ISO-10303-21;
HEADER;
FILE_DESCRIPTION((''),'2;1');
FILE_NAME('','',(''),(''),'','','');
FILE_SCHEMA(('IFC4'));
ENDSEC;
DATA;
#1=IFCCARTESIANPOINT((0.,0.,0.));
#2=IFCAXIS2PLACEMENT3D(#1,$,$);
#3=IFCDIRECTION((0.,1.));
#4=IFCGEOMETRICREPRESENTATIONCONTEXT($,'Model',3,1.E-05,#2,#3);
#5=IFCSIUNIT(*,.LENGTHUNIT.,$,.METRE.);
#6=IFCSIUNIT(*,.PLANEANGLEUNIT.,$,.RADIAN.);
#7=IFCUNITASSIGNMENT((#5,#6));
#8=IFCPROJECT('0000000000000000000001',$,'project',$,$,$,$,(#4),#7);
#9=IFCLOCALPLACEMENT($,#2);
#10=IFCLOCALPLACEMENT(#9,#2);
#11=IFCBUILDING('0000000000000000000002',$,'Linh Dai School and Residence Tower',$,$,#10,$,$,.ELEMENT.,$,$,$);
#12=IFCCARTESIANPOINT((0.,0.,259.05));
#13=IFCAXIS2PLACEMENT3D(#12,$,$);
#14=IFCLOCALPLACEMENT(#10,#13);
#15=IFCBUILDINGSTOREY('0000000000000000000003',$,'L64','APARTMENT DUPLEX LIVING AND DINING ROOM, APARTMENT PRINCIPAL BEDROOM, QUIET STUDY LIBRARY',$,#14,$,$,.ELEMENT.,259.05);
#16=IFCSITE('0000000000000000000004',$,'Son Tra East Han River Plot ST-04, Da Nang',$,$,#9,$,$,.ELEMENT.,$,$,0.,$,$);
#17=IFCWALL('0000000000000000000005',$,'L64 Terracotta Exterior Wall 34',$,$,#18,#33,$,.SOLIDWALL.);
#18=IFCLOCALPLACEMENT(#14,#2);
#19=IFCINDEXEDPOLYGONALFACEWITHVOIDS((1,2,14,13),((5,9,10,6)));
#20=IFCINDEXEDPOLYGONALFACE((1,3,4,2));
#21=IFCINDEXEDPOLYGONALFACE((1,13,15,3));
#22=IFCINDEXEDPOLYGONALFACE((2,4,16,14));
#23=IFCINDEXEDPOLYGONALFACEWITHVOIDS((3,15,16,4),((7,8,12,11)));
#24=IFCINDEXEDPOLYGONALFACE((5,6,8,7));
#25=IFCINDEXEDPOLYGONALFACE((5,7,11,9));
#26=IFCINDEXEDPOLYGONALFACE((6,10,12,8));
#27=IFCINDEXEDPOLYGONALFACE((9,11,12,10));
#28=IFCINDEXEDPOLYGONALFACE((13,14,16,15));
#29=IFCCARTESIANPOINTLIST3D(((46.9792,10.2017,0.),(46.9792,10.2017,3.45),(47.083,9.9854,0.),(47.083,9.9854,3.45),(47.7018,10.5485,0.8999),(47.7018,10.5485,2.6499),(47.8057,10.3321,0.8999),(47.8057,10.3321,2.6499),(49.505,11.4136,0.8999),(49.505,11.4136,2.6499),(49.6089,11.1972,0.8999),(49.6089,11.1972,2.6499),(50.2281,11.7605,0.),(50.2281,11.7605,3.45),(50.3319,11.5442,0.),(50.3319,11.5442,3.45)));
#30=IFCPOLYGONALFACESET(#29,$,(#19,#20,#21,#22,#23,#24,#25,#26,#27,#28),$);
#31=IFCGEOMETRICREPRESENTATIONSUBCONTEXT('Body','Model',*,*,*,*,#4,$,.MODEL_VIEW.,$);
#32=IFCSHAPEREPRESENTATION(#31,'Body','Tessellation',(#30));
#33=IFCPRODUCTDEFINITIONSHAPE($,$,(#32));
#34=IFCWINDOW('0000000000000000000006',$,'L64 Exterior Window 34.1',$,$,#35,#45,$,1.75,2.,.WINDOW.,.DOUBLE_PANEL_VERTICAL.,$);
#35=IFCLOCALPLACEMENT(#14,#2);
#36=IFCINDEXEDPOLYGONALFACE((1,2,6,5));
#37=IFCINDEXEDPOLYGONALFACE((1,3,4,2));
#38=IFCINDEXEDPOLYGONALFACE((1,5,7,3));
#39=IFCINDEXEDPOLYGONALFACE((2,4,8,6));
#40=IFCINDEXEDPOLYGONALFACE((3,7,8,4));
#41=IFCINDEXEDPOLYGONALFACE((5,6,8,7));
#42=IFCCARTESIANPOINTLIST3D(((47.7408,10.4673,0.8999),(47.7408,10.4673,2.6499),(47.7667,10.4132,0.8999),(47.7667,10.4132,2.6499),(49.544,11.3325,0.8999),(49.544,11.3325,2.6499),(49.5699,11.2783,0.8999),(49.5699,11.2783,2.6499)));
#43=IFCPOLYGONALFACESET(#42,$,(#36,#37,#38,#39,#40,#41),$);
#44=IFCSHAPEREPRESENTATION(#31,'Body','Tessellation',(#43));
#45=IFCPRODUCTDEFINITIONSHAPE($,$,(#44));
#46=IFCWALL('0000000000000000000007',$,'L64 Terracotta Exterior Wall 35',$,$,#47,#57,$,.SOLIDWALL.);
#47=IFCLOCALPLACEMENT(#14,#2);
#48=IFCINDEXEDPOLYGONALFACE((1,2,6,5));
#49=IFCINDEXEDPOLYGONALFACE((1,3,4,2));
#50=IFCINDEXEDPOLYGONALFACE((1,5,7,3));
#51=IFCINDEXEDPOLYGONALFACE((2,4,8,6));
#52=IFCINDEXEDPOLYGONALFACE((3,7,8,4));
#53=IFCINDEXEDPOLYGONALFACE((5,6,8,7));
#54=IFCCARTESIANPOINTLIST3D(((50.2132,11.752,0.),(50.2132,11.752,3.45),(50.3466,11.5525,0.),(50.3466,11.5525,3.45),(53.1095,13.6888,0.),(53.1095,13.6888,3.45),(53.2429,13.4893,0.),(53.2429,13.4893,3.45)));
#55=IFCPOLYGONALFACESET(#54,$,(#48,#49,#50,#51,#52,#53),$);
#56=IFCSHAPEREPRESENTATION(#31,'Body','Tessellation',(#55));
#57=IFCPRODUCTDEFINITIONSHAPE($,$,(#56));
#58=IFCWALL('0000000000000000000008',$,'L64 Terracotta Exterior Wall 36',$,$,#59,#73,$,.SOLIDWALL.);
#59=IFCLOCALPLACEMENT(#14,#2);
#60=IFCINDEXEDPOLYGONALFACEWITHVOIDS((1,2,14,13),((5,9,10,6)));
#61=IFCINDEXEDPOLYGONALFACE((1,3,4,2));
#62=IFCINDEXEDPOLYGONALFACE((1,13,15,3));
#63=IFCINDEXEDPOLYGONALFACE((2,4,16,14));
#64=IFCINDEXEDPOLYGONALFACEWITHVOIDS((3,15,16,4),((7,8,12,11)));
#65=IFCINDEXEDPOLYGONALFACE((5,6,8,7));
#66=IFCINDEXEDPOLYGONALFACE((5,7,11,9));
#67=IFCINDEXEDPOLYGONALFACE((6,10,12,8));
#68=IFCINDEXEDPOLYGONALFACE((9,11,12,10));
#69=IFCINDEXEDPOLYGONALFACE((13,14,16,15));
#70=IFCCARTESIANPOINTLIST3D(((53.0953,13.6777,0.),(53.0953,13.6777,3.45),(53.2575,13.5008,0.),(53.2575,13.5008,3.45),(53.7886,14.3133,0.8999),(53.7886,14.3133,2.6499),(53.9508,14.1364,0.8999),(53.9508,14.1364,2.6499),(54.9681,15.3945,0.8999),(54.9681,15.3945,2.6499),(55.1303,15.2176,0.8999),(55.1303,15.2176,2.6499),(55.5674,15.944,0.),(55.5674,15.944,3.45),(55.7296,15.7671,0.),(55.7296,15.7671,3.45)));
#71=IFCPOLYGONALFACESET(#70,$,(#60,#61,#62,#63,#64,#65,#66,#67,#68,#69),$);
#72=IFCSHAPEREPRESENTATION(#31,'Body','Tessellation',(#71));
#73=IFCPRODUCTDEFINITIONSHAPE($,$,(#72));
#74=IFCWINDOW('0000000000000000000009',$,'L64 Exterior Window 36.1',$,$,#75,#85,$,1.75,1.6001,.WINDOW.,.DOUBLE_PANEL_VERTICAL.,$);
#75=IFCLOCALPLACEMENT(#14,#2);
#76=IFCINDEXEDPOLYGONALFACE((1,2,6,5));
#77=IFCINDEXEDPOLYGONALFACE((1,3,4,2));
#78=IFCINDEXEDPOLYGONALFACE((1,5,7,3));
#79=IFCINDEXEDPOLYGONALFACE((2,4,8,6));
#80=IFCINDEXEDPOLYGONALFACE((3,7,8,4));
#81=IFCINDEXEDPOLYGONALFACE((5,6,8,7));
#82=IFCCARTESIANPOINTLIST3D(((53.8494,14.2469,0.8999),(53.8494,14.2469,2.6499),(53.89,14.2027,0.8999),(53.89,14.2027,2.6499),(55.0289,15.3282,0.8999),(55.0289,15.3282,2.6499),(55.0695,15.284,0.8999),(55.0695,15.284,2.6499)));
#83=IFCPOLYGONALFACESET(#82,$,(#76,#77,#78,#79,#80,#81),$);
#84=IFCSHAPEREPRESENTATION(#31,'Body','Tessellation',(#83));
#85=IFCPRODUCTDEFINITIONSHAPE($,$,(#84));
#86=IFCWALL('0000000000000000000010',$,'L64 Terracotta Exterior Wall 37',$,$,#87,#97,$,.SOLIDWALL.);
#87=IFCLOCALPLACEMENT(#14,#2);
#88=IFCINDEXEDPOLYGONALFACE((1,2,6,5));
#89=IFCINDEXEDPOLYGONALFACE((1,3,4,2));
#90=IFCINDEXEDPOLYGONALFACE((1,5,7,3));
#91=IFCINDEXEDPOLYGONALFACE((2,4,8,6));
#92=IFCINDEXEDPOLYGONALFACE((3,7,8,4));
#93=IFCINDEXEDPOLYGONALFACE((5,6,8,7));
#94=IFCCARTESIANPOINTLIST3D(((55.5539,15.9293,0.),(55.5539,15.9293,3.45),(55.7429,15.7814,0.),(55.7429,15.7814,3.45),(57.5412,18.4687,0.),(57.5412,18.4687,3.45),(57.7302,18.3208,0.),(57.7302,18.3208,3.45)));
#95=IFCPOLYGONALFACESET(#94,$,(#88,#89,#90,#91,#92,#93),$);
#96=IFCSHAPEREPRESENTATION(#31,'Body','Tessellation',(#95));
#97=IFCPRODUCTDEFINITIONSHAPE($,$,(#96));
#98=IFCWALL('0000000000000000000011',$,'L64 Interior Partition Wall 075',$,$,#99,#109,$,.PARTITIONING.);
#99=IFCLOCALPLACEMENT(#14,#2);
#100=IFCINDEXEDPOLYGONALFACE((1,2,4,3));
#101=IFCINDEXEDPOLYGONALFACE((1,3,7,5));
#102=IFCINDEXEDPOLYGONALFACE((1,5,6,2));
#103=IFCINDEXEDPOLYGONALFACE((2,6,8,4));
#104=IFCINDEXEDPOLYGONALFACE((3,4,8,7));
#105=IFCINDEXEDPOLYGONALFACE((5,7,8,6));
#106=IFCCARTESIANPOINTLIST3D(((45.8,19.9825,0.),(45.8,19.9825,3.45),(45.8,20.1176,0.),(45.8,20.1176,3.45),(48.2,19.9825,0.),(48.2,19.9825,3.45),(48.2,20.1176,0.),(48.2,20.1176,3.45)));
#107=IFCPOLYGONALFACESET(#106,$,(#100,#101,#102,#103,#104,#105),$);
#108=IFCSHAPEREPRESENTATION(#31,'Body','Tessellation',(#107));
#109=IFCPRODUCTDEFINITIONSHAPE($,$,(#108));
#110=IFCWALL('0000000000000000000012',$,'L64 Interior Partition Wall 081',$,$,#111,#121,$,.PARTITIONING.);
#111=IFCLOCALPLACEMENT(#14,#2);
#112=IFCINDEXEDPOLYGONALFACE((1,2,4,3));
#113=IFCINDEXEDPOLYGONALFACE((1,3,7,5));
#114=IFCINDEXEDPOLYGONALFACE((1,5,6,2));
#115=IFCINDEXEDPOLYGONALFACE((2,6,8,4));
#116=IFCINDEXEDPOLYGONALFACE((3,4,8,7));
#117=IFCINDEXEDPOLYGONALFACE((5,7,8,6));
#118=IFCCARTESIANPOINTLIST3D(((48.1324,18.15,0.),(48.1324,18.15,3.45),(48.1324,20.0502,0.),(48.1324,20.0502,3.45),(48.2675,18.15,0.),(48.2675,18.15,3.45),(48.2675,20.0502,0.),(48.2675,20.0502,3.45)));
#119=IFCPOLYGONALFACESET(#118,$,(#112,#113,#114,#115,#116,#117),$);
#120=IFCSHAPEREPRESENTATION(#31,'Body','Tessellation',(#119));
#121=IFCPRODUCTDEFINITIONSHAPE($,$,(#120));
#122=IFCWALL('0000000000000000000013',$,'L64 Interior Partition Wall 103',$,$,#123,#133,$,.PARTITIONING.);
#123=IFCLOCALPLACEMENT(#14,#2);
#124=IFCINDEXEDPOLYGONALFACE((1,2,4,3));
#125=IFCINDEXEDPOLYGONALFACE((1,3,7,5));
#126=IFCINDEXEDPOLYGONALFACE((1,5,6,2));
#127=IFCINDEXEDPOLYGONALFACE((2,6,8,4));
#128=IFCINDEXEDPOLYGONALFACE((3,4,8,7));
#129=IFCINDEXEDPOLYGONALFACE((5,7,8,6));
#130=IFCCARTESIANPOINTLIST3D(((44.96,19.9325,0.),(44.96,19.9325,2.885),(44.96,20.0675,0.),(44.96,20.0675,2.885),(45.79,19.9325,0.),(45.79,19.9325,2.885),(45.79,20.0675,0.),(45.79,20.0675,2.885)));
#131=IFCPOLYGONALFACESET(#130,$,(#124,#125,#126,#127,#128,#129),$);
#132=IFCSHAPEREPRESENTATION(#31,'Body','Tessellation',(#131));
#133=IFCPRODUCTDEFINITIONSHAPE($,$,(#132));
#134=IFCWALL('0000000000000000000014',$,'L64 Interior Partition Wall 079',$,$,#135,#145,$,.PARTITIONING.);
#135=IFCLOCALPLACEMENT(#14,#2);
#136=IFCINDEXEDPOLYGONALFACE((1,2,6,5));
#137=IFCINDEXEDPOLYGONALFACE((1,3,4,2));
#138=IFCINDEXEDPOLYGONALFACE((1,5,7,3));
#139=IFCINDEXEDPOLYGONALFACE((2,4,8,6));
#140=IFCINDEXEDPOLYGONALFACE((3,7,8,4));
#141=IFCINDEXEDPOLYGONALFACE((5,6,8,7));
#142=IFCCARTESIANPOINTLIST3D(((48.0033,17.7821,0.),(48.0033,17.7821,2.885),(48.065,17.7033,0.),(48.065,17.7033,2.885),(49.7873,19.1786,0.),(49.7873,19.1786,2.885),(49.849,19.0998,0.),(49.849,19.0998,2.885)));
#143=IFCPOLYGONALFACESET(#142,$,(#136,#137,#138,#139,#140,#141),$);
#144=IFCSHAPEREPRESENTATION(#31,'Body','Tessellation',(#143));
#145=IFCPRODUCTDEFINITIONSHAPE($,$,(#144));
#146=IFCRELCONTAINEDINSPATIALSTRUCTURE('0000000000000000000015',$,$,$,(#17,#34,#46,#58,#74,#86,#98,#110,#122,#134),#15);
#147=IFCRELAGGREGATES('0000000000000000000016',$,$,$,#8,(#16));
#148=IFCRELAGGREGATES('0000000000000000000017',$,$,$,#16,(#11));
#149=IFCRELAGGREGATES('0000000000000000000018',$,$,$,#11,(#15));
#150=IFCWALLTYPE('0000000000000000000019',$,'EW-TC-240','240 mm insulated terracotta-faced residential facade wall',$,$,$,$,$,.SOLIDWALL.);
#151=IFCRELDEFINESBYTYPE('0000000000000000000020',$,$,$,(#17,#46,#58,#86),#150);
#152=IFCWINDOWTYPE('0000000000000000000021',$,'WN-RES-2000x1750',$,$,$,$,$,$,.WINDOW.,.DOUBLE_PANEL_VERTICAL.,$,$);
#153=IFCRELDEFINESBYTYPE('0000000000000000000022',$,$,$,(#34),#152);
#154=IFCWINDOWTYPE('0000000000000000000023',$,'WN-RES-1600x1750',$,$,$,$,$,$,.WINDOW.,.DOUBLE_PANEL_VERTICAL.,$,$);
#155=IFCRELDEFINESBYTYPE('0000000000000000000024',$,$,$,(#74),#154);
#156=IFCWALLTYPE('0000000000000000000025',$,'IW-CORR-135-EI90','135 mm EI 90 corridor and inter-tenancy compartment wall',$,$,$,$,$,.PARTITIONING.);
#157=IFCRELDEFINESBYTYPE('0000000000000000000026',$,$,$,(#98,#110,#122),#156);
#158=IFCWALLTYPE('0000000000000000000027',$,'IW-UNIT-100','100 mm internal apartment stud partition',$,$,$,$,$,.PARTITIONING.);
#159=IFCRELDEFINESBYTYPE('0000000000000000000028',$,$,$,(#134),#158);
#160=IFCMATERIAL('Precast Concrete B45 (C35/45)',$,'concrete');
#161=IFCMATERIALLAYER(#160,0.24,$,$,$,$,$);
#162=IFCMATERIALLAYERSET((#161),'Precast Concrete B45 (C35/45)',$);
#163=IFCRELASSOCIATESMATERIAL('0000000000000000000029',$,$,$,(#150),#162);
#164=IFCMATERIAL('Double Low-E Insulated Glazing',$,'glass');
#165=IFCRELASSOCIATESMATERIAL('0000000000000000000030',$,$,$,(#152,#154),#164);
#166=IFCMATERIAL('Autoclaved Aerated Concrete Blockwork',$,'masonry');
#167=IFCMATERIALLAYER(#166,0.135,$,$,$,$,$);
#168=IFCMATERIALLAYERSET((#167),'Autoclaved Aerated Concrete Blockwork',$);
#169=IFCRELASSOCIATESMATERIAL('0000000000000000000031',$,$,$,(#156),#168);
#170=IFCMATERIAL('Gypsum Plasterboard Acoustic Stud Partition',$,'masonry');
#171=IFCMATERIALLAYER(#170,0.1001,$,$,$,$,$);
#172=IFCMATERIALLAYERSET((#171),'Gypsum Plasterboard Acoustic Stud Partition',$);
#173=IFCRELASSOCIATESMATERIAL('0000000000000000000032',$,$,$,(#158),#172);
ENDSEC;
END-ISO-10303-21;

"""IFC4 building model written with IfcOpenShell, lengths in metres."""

from ifc_helpers import new_model, si_unit, direction, frame, frame_2d, origin, origin_2d, place, context, subcontext, project, spatial, rectangle, extrude, source, transform, mapped, material, layer, layer_set, type_object, element, fill, save


model = new_model("IFC4")

# Units and contexts
model_context = context("Model", 3, precision=1e-05, world=origin(), true_north=direction((0.0, 1.0)))
body_context = subcontext(model_context, "Body", "Model", "MODEL_VIEW")
ifc_project = project(units=[si_unit("LENGTHUNIT", "METRE"), si_unit("PLANEANGLEUNIT", "RADIAN")], contexts=[model_context])

# Site, building, storey
site_placement = place(None, origin())
site = spatial("IfcSite", under=ifc_project, at=site_placement, Name="Son Tra East Han River Plot ST-04, Da Nang", CompositionType="ELEMENT", RefElevation=0.0)
building_placement = place(site_placement, origin())
building = spatial("IfcBuilding", under=site, at=building_placement, Name="Linh Dai School and Residence Tower", CompositionType="ELEMENT")
storey_placement = place(building_placement, frame((0.0, 0.0, 259.05)))
storey = spatial("IfcBuildingStorey", under=building, at=storey_placement, Name="L64", Description="APARTMENT DUPLEX LIVING AND DINING ROOM, APARTMENT PRINCIPAL BEDROOM, QUIET STUDY LIBRARY", CompositionType="ELEMENT", Elevation=259.05)

# Shared definitions
ifc_material_1 = material(Name="Precast Concrete B45 (C35/45)", Category="concrete")

# Shared definitions
ifc_layer_1 = layer(ifc_material_1, 0.24)
ifc_layer_set_1 = layer_set([ifc_layer_1], Name="Precast Concrete B45 (C35/45)")
wall_type_1 = type_object("IfcWallType", Name="EW-TC-240", Description="240 mm insulated terracotta-faced residential facade wall", PredefinedType="SOLIDWALL", material=ifc_layer_set_1)

# Wall, opening, window
wall_1_placement = place(storey_placement, frame((50.28, 11.6523, 0.0), z_axis=(0.0, 0.0, 1.0), x_axis=(-0.901598, -0.432575, 0.0)))
wall_1 = element("IfcWall", 1, at=wall_1_placement, inside=storey, type_object=wall_type_1, Name="L64 Terracotta Exterior Wall 34", PredefinedType="SOLIDWALL", context=body_context, shape_type="SweptSolid", body=[
    extrude(rectangle(XDim=3.6035, YDim=0.24, at=frame_2d((1.8018, 0.0))), origin(), (0.0, 0.0, 1.0), 3.45),
])
opening_1_placement = place(wall_1_placement, frame((0.802, 0.0, 0.8999)))
opening_1 = element("IfcOpeningElement", 2, at=opening_1_placement, cuts=wall_1, PredefinedType="OPENING", context=body_context, shape_type="SweptSolid", body=[
    extrude(rectangle(XDim=2.0, YDim=1.75, at=origin_2d()), frame((1.0, 0.1299, 0.875), z_axis=(0.0, -1.0, 0.0), x_axis=(1.0, 0.0, 0.0)), (0.0, 0.0, 1.0), 0.26),
])
ifc_material_2 = material(Name="Double Low-E Insulated Glazing", Category="glass")
window_type_1 = type_object("IfcWindowType", Name="WN-RES-2000x1750", PartitioningType="DOUBLE_PANEL_VERTICAL", PredefinedType="WINDOW", material=ifc_material_2)
shared_shape_1 = source(origin(), body_context, "Body", "SweptSolid", [
    extrude(rectangle(XDim=2.0, YDim=1.75, at=origin_2d()), frame((1.0, 0.03, 0.875), z_axis=(0.0, -1.0, 0.0), x_axis=(1.0, 0.0, 0.0)), (0.0, 0.0, 1.0), 0.0601),
])
window_1_placement = place(opening_1_placement, origin())
window_1 = element("IfcWindow", 3, at=window_1_placement, inside=storey, type_object=window_type_1, Name="L64 Exterior Window 34.1", OverallHeight=1.75, OverallWidth=2.0, PartitioningType="DOUBLE_PANEL_VERTICAL", PredefinedType="WINDOW", context=body_context, shape_type="MappedRepresentation", body=[
    mapped(shared_shape_1, transform((0.0, 0.0, 0.0), x_axis=(1.0, 0.0, 0.0), y_axis=(0.0, 1.0, 0.0), z_axis=(0.0, 0.0, 1.0), scale=1.0)),
])
fill(opening_1, window_1)

# Wall
wall_2_placement = place(storey_placement, frame((53.1763, 13.5891, 0.0), z_axis=(0.0, 0.0, 1.0), x_axis=(-0.831262, -0.55588, 0.0)))
element("IfcWall", 4, at=wall_2_placement, inside=storey, type_object=wall_type_1, Name="L64 Terracotta Exterior Wall 35", PredefinedType="SOLIDWALL", context=body_context, shape_type="SweptSolid", body=[
    extrude(rectangle(XDim=3.4841, YDim=0.24, at=frame_2d((1.7422, 0.0))), origin(), (0.0, 0.0, 1.0), 3.45),
])

# Wall, opening, window
wall_3_placement = place(storey_placement, frame((55.6484, 15.8555, 0.0), z_axis=(0.0, 0.0, 1.0), x_axis=(-0.737124, -0.675758, 0.0)))
wall_3 = element("IfcWall", 5, at=wall_3_placement, inside=storey, type_object=wall_type_1, Name="L64 Terracotta Exterior Wall 36", PredefinedType="SOLIDWALL", context=body_context, shape_type="SweptSolid", body=[
    extrude(rectangle(XDim=3.3538, YDim=0.24, at=frame_2d((1.6768, 0.0))), origin(), (0.0, 0.0, 1.0), 3.45),
])
opening_2_placement = place(wall_3_placement, frame((0.813, 0.0, 0.8999)))
opening_2 = element("IfcOpeningElement", 6, at=opening_2_placement, cuts=wall_3, PredefinedType="OPENING", context=body_context, shape_type="SweptSolid", body=[
    extrude(rectangle(XDim=1.6001, YDim=1.75, at=origin_2d()), frame((0.8, 0.1299, 0.875), z_axis=(0.0, -1.0, 0.0), x_axis=(1.0, 0.0, 0.0)), (0.0, 0.0, 1.0), 0.26),
])
window_type_2 = type_object("IfcWindowType", Name="WN-RES-1600x1750", PartitioningType="DOUBLE_PANEL_VERTICAL", PredefinedType="WINDOW", material=ifc_material_2)
shared_shape_2 = source(origin(), body_context, "Body", "SweptSolid", [
    extrude(rectangle(XDim=1.6001, YDim=1.75, at=origin_2d()), frame((0.8, 0.03, 0.875), z_axis=(0.0, -1.0, 0.0), x_axis=(1.0, 0.0, 0.0)), (0.0, 0.0, 1.0), 0.0601),
])
window_2_placement = place(opening_2_placement, origin())
window_2 = element("IfcWindow", 7, at=window_2_placement, inside=storey, type_object=window_type_2, Name="L64 Exterior Window 36.1", OverallHeight=1.75, OverallWidth=1.6001, PartitioningType="DOUBLE_PANEL_VERTICAL", PredefinedType="WINDOW", context=body_context, shape_type="MappedRepresentation", body=[
    mapped(shared_shape_2, transform((0.0, 0.0, 0.0), x_axis=(1.0, 0.0, 0.0), y_axis=(0.0, 1.0, 0.0), z_axis=(0.0, 0.0, 1.0), scale=1.0)),
])
fill(opening_2, window_2)

# Walls
wall_4_placement = place(storey_placement, frame((57.6357, 18.3948, 0.0), z_axis=(0.0, 0.0, 1.0), x_axis=(-0.616312, -0.787502, 0.0)))
element("IfcWall", 8, at=wall_4_placement, inside=storey, type_object=wall_type_1, Name="L64 Terracotta Exterior Wall 37", PredefinedType="SOLIDWALL", context=body_context, shape_type="SweptSolid", body=[
    extrude(rectangle(XDim=3.2246, YDim=0.24, at=frame_2d((1.6123, 0.0))), origin(), (0.0, 0.0, 1.0), 3.45),
])
ifc_material_3 = material(Name="Autoclaved Aerated Concrete Blockwork", Category="masonry")
ifc_layer_2 = layer(ifc_material_3, 0.135)
ifc_layer_set_2 = layer_set([ifc_layer_2], Name="Autoclaved Aerated Concrete Blockwork")
wall_type_2 = type_object("IfcWallType", Name="IW-CORR-135-EI90", Description="135 mm EI 90 corridor and inter-tenancy compartment wall", PredefinedType="PARTITIONING", material=ifc_layer_set_2)
wall_5_placement = place(storey_placement, frame((45.8, 20.05, 0.0), z_axis=(0.0, 0.0, 1.0), x_axis=(1.0, 0.0, 0.0)))
element("IfcWall", 9, at=wall_5_placement, inside=storey, type_object=wall_type_2, Name="L64 Interior Partition Wall 075", PredefinedType="PARTITIONING", context=body_context, shape_type="SweptSolid", body=[
    extrude(rectangle(XDim=2.3999, YDim=0.135, at=frame_2d((1.2, 0.0))), origin(), (0.0, 0.0, 1.0), 3.45),
])
wall_6_placement = place(storey_placement, frame((48.2, 18.1499, 0.0), z_axis=(0.0, 0.0, 1.0), x_axis=(0.0, 1.0, 0.0)))
element("IfcWall", 10, at=wall_6_placement, inside=storey, type_object=wall_type_2, Name="L64 Interior Partition Wall 081", PredefinedType="PARTITIONING", context=body_context, shape_type="SweptSolid", body=[
    extrude(rectangle(XDim=1.9001, YDim=0.135, at=frame_2d((0.9502, 0.0))), origin(), (0.0, 0.0, 1.0), 3.45),
])
wall_7_placement = place(storey_placement, frame((44.96, 20.0, 0.0), z_axis=(0.0, 0.0, 1.0), x_axis=(1.0, 0.0, 0.0)))
element("IfcWall", 11, at=wall_7_placement, inside=storey, type_object=wall_type_2, Name="L64 Interior Partition Wall 103", PredefinedType="PARTITIONING", context=body_context, shape_type="SweptSolid", body=[
    extrude(rectangle(XDim=0.8301, YDim=0.135, at=frame_2d((0.415, 0.0))), origin(), (0.0, 0.0, 1.0), 2.885),
])
ifc_material_4 = material(Name="Gypsum Plasterboard Acoustic Stud Partition", Category="masonry")
ifc_layer_3 = layer(ifc_material_4, 0.1001)
ifc_layer_set_3 = layer_set([ifc_layer_3], Name="Gypsum Plasterboard Acoustic Stud Partition")
wall_type_3 = type_object("IfcWallType", Name="IW-UNIT-100", Description="100 mm internal apartment stud partition", PredefinedType="PARTITIONING", material=ifc_layer_set_3)
wall_8_placement = place(storey_placement, frame((48.0342, 17.7427, 0.0), z_axis=(0.0, 0.0, 1.0), x_axis=(0.787428, 0.616407, 0.0)))
element("IfcWall", 12, at=wall_8_placement, inside=storey, type_object=wall_type_3, Name="L64 Interior Partition Wall 079", PredefinedType="PARTITIONING", context=body_context, shape_type="SweptSolid", body=[
    extrude(rectangle(XDim=2.2656, YDim=0.1001, at=frame_2d((1.1328, 0.0))), origin(), (0.0, 0.0, 1.0), 2.885),
])

save(model, "model.ifc")
